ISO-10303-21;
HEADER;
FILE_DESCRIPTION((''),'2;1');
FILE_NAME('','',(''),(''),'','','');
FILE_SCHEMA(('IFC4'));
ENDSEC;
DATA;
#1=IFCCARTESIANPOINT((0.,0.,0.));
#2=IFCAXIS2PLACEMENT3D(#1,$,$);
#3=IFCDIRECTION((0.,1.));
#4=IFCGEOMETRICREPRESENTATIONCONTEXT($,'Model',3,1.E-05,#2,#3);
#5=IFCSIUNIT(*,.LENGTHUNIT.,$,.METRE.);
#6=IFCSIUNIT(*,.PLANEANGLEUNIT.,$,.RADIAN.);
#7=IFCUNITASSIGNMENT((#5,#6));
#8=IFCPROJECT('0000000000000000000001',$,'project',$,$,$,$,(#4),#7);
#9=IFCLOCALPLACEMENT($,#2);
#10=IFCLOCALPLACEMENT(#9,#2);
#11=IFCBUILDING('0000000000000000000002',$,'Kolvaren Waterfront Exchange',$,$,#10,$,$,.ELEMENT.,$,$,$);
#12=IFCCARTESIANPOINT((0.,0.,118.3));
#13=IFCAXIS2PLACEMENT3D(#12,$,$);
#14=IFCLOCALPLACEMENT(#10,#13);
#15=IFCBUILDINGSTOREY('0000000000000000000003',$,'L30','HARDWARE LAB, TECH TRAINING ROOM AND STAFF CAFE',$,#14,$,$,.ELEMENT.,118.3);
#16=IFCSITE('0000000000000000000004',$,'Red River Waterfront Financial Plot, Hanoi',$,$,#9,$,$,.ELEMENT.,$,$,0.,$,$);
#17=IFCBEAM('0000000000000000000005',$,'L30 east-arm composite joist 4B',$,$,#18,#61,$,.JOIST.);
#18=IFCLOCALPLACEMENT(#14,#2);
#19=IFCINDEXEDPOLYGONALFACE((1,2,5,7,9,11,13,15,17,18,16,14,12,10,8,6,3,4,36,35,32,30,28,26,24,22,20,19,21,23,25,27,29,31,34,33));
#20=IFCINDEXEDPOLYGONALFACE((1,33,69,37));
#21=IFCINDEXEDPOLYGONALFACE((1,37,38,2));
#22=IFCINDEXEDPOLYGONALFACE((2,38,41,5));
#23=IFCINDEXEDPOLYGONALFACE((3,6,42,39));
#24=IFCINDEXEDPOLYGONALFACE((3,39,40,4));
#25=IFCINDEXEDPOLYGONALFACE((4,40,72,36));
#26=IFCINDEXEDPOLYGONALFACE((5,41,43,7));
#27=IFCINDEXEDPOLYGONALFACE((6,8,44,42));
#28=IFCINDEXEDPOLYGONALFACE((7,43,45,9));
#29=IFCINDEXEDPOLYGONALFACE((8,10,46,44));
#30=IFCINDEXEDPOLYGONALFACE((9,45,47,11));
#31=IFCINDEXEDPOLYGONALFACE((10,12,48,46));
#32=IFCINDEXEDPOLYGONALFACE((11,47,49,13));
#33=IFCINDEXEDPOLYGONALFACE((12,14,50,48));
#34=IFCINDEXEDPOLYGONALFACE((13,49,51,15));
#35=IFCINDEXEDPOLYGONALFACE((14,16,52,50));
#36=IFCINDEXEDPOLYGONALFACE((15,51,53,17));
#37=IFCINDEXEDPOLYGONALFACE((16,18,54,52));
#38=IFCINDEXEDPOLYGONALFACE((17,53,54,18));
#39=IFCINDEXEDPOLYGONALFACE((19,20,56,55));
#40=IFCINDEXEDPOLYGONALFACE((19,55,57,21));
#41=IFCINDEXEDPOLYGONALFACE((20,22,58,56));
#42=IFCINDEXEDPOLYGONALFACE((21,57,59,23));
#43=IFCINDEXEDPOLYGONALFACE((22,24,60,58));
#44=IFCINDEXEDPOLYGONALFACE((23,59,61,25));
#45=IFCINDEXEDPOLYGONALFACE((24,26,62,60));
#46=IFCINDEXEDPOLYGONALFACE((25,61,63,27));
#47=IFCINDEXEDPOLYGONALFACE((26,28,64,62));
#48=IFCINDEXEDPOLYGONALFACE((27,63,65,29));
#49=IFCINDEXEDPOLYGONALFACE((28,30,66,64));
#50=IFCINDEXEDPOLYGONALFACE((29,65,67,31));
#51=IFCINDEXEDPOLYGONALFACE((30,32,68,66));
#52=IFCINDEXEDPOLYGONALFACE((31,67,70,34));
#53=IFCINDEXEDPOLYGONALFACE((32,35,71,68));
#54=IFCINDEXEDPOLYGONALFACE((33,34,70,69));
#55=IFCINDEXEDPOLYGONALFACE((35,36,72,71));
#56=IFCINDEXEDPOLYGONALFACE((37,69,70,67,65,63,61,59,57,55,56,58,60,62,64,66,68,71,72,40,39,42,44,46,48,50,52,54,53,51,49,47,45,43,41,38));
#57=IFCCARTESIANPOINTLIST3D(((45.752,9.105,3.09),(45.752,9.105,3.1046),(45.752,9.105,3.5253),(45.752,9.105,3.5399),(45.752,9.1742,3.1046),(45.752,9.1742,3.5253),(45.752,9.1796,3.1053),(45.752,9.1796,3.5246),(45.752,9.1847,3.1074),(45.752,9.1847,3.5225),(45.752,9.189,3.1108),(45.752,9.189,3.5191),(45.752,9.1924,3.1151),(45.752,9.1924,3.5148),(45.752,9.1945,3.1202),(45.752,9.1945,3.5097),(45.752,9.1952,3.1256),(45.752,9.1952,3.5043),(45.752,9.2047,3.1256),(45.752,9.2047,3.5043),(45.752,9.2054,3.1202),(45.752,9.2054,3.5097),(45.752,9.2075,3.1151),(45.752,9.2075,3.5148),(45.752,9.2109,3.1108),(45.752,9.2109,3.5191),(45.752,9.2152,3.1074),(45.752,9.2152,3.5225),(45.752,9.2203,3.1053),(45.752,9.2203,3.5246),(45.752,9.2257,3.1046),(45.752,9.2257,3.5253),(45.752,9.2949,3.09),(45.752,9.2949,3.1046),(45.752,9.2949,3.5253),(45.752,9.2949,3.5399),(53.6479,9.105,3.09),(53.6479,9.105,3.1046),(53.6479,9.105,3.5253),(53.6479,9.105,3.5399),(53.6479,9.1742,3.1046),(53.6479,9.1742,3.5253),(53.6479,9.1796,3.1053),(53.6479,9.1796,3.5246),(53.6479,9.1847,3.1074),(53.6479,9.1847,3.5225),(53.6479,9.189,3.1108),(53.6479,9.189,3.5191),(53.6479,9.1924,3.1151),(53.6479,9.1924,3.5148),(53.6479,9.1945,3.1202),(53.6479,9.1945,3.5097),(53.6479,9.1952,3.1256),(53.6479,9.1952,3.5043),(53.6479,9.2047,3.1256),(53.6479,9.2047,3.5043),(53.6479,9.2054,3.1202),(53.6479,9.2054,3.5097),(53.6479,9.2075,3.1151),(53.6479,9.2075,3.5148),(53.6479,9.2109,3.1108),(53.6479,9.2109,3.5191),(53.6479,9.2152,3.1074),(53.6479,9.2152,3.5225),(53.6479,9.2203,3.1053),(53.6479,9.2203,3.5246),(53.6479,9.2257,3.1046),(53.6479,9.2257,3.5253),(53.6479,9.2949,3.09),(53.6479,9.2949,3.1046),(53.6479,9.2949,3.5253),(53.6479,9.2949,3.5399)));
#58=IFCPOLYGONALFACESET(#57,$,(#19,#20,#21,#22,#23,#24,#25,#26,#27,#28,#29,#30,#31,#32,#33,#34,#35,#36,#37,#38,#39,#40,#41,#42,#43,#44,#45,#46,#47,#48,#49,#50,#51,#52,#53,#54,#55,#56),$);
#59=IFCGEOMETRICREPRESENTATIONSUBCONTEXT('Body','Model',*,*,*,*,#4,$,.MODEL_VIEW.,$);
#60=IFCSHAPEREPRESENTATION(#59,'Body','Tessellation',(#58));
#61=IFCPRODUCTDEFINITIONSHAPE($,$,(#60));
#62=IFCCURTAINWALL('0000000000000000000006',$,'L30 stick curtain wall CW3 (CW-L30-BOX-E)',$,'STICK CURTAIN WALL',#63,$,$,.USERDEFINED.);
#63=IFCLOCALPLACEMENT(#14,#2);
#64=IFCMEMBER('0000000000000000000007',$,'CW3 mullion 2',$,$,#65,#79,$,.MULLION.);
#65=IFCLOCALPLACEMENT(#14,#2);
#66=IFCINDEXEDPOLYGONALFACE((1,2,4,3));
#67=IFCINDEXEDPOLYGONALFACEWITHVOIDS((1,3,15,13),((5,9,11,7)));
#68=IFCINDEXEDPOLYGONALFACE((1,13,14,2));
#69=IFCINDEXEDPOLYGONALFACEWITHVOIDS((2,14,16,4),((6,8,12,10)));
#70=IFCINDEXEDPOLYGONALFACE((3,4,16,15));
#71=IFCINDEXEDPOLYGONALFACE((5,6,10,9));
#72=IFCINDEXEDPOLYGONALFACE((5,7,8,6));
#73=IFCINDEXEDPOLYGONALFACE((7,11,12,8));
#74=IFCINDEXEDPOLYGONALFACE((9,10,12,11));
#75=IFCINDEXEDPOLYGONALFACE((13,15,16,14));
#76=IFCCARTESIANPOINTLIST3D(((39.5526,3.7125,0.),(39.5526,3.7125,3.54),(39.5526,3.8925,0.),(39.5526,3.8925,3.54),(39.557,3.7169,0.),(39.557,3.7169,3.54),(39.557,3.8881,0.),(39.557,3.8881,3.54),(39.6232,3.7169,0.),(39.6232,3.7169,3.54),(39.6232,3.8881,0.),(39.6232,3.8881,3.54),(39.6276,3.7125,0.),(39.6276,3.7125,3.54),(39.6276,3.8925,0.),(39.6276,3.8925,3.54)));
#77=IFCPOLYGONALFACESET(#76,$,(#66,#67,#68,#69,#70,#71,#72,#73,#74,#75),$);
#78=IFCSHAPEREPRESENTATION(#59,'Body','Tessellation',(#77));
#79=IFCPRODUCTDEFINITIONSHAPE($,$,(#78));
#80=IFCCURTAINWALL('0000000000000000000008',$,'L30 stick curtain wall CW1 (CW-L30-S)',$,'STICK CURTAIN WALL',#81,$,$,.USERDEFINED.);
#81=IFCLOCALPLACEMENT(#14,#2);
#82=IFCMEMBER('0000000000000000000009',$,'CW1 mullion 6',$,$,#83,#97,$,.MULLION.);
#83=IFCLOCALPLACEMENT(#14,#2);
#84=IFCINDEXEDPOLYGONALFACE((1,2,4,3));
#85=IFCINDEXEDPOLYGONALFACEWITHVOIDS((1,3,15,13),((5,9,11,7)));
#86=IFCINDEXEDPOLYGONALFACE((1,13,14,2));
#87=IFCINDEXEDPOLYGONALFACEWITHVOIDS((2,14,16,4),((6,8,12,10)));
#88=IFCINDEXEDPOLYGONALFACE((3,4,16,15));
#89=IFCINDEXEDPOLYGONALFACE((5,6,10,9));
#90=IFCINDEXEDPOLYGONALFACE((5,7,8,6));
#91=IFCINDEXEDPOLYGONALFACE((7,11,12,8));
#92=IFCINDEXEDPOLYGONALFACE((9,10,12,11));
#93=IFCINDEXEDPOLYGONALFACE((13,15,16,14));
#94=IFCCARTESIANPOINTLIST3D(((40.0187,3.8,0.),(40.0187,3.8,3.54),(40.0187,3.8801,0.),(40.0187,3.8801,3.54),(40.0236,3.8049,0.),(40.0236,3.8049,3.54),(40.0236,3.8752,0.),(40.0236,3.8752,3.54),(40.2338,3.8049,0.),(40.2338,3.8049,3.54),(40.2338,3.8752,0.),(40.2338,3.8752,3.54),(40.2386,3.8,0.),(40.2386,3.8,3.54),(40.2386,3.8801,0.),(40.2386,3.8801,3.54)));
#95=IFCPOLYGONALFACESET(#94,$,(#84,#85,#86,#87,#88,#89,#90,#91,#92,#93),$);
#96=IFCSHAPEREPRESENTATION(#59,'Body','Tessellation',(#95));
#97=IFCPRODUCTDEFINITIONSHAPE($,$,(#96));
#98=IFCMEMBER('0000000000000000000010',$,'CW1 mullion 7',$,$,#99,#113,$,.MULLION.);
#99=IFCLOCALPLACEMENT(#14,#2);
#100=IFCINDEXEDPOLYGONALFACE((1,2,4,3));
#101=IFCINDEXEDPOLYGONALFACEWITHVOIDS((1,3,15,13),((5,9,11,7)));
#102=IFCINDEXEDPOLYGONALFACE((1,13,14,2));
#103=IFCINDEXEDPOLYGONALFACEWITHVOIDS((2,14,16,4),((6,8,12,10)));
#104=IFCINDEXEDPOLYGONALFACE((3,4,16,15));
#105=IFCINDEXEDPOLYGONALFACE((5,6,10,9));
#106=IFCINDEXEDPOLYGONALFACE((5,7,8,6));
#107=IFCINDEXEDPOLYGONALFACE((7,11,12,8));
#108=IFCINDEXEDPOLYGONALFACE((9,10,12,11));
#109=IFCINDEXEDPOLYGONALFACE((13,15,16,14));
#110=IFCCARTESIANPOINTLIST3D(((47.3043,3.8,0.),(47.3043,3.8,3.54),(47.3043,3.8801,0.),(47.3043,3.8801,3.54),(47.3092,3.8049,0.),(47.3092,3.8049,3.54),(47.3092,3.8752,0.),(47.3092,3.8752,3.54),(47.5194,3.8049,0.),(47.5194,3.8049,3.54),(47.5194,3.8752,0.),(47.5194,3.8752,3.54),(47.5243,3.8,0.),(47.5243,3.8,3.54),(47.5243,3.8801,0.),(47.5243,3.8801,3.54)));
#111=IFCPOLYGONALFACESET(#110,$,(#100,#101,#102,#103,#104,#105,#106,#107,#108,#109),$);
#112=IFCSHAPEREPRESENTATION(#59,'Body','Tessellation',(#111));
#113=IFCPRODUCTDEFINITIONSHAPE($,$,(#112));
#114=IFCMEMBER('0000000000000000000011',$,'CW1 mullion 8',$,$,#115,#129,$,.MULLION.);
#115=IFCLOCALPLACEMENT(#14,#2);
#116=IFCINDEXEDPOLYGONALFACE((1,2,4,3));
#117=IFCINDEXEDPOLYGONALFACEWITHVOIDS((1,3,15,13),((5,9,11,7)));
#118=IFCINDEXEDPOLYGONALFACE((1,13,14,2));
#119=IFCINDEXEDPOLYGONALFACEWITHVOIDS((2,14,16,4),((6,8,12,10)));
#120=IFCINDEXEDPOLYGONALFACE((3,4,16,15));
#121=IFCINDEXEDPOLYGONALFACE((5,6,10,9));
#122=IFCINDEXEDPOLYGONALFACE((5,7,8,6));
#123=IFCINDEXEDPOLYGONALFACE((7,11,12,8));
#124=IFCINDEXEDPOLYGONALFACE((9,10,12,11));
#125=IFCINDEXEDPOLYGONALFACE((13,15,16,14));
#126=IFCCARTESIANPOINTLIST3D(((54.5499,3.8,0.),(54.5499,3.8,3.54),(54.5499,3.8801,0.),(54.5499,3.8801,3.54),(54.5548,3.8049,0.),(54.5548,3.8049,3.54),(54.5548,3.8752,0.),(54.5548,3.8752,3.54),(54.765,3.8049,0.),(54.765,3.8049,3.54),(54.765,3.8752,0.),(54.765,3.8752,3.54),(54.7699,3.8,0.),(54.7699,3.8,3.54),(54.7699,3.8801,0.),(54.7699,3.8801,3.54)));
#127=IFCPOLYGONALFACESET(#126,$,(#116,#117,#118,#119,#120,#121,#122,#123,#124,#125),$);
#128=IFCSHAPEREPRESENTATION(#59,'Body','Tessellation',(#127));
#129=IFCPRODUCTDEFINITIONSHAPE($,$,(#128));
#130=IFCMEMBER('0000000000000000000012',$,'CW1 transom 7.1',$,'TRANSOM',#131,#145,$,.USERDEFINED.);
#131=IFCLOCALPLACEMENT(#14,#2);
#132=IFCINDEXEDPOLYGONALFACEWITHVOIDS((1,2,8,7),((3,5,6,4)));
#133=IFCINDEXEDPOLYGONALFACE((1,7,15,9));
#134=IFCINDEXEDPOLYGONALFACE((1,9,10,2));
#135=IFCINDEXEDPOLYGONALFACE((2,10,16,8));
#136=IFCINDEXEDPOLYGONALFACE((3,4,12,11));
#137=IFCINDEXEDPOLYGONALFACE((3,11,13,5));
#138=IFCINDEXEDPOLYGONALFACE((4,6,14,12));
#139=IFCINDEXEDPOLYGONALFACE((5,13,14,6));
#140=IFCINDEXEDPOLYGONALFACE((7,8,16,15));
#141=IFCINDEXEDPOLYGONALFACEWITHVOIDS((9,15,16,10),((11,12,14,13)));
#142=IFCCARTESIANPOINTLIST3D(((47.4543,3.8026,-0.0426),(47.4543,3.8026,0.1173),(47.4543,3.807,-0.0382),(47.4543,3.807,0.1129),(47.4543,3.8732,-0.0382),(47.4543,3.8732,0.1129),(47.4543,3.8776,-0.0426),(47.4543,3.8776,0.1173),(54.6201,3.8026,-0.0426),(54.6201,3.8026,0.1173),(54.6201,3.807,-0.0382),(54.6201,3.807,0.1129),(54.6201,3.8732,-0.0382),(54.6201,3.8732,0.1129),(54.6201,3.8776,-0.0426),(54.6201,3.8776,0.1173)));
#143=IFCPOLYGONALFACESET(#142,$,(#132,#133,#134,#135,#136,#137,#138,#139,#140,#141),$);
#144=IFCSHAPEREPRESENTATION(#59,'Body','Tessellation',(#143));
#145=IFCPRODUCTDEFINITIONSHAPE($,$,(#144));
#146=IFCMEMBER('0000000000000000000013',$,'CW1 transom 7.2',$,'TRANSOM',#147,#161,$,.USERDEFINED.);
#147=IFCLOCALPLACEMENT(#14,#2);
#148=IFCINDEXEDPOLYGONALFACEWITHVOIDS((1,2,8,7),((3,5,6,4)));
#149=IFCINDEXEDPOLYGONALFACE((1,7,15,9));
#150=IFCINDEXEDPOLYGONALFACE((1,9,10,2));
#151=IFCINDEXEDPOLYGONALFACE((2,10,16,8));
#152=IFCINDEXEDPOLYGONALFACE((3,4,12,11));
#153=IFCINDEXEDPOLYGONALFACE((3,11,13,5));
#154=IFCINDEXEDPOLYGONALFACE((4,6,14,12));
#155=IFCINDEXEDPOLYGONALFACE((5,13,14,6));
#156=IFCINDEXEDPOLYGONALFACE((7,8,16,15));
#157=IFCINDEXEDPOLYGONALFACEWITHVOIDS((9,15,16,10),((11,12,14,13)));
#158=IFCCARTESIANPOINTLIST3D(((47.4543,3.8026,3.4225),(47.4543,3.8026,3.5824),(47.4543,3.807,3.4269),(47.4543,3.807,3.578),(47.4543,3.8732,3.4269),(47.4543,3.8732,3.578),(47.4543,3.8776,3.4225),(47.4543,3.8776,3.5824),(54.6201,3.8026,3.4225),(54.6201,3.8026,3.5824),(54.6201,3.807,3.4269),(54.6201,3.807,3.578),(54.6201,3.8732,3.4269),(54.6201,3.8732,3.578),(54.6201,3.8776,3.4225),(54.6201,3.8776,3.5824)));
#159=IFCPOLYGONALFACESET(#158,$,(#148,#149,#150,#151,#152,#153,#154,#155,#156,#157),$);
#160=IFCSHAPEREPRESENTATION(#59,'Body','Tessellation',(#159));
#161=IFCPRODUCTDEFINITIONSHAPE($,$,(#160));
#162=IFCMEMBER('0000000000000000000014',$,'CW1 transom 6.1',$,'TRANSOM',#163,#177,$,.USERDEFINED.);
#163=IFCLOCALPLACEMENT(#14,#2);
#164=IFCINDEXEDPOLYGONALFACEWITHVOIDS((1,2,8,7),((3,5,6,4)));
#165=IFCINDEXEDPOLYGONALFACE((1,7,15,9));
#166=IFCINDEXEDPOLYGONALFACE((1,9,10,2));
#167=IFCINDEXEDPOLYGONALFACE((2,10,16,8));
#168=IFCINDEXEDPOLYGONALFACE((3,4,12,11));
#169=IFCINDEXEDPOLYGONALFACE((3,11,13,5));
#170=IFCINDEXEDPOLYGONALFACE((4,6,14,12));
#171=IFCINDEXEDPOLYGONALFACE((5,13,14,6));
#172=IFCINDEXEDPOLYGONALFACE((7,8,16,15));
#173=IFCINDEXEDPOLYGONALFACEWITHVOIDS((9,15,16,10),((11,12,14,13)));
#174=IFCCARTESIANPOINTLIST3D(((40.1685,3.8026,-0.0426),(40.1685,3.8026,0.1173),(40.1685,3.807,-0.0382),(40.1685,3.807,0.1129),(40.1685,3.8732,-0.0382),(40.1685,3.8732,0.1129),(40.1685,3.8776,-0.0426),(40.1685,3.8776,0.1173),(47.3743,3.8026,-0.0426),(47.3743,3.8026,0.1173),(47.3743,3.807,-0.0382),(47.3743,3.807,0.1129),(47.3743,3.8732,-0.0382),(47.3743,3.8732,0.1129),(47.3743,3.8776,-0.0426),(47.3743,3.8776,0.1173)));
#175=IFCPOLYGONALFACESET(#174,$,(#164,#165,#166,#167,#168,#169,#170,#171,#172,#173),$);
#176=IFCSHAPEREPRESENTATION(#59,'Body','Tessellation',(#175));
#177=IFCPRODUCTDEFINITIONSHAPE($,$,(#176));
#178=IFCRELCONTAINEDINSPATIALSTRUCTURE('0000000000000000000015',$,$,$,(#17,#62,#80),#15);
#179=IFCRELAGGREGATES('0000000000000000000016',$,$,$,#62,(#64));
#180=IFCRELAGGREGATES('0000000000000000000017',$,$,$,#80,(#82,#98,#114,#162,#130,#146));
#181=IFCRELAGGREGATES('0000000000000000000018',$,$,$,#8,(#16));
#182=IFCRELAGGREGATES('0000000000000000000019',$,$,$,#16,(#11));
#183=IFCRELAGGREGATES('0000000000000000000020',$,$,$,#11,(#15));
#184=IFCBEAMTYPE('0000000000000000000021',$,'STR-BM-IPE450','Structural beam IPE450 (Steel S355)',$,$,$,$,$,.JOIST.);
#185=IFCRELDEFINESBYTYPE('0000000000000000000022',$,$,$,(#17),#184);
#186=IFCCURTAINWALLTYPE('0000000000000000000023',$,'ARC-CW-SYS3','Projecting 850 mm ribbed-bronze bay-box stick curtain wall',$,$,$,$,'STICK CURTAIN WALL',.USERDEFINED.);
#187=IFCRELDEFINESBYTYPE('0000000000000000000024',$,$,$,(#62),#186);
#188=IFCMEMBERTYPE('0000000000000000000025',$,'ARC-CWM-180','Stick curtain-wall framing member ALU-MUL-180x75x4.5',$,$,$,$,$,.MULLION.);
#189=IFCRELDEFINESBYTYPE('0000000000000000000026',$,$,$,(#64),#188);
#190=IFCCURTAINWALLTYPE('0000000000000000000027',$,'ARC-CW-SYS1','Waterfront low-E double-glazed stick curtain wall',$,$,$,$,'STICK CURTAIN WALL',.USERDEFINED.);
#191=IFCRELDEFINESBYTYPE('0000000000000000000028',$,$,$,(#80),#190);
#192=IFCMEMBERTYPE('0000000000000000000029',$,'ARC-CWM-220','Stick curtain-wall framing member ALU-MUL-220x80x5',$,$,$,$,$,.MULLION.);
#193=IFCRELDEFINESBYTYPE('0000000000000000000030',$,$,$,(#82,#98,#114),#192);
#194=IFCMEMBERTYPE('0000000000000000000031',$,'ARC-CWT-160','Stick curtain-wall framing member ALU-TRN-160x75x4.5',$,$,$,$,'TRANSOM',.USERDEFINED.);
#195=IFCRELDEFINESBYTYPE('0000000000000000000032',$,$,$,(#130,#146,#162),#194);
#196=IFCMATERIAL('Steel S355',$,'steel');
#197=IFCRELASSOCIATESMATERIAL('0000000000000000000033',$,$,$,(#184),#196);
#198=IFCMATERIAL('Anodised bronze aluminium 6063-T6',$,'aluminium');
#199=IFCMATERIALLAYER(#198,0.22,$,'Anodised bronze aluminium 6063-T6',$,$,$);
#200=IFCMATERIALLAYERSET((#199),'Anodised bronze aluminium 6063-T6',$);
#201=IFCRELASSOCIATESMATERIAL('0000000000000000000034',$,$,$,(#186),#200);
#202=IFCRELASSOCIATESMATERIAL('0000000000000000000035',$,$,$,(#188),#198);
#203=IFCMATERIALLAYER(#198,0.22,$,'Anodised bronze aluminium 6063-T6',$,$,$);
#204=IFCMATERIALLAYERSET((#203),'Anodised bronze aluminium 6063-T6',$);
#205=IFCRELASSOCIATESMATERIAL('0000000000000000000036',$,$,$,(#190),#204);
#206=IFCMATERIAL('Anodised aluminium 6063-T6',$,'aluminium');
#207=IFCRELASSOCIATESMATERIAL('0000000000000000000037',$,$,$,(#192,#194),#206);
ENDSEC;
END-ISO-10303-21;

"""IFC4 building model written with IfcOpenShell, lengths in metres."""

from ifc_helpers import new_model, si_unit, direction, frame, origin, origin_with_axes, origin_2d, place, context, subcontext, project, spatial, hollow_rectangle, i_section, extrude, source, transform, mapped, material, layer, layer_set, material_profile, profile_set, type_object, element, aggregate, save


model = new_model("IFC4")

# Units and contexts
model_context = context("Model", 3, precision=1e-05, world=origin(), true_north=direction((0.0, 1.0)))
body_context = subcontext(model_context, "Body", "Model", "MODEL_VIEW")
ifc_project = project(units=[si_unit("LENGTHUNIT", "METRE"), si_unit("PLANEANGLEUNIT", "RADIAN")], contexts=[model_context])

# Site, building, storey
site_placement = place(None, origin())
site = spatial("IfcSite", under=ifc_project, at=site_placement, Name="Red River Waterfront Financial Plot, Hanoi", CompositionType="ELEMENT", RefElevation=0.0)
building_placement = place(site_placement, origin())
building = spatial("IfcBuilding", under=site, at=building_placement, Name="Kolvaren Waterfront Exchange", CompositionType="ELEMENT")
storey_placement = place(building_placement, frame((0.0, 0.0, 118.3)))
storey = spatial("IfcBuildingStorey", under=building, at=storey_placement, Name="L30", Description="HARDWARE LAB, TECH TRAINING ROOM AND STAFF CAFE", CompositionType="ELEMENT", Elevation=118.3)

# Beam
ifc_material_1 = material(Name="Steel S355", Category="steel")
ifc_material_profile_1 = material_profile(ifc_material_1, i_section(OverallWidth=0.1899, OverallDepth=0.45, WebThickness=0.0095, FlangeThickness=0.0146, FilletRadius=0.021, at=origin_2d()), Name="IPE450")
ifc_profile_set_1 = profile_set([ifc_material_profile_1], Name="Steel S355")
beam_type_1 = type_object("IfcBeamType", Name="STR-BM-IPE450", Description="Structural beam IPE450 (Steel S355)", PredefinedType="JOIST", material=ifc_profile_set_1)
beam_1_placement = place(storey_placement, frame((45.752, 9.2, 3.3149), z_axis=(1.0, 0.0, 0.0), x_axis=(0.0, 1.0, 0.0)))
element("IfcBeam", 1, at=beam_1_placement, inside=storey, type_object=beam_type_1, Name="L30 east-arm composite joist 4B", PredefinedType="JOIST", context=body_context, shape_type="SweptSolid", body=[
    extrude(i_section(OverallWidth=0.1899, OverallDepth=0.45, WebThickness=0.0095, FlangeThickness=0.0146, FilletRadius=0.021, at=origin_2d()), origin(), (0.0, 0.0, 1.0), 7.896),
])

# Curtain wall, member
ifc_material_2 = material(Name="Anodised bronze aluminium 6063-T6", Category="aluminium")
ifc_layer_1 = layer(ifc_material_2, 0.22, Name="Anodised bronze aluminium 6063-T6")
ifc_layer_set_1 = layer_set([ifc_layer_1], Name="Anodised bronze aluminium 6063-T6")
curtain_wall_type_1 = type_object("IfcCurtainWallType", Name="ARC-CW-SYS3", Description="Projecting 850 mm ribbed-bronze bay-box stick curtain wall", ElementType="STICK CURTAIN WALL", PredefinedType="USERDEFINED", material=ifc_layer_set_1)
curtain_wall_1_placement = place(storey_placement, origin())
curtain_wall_1 = element("IfcCurtainWall", 2, at=curtain_wall_1_placement, inside=storey, type_object=curtain_wall_type_1, Name="L30 stick curtain wall CW3 (CW-L30-BOX-E)", ObjectType="STICK CURTAIN WALL", PredefinedType="USERDEFINED")
ifc_material_profile_2 = material_profile(ifc_material_2, hollow_rectangle(XDim=0.075, YDim=0.1799, WallThickness=0.0044, at=origin_2d()), Name="ALU-MUL-180x75x4.5")
ifc_profile_set_2 = profile_set([ifc_material_profile_2], Name="Anodised bronze aluminium 6063-T6")
member_type_1 = type_object("IfcMemberType", Name="ARC-CWM-180", Description="Stick curtain-wall framing member ALU-MUL-180x75x4.5", PredefinedType="MULLION", material=ifc_profile_set_2)
shared_shape_1 = source(origin_with_axes(), body_context, "Body", "SweptSolid", [
    extrude(hollow_rectangle(XDim=0.075, YDim=0.1799, WallThickness=0.0044, at=origin_2d()), origin(), (0.0, 0.0, 1.0), 3.54),
])
member_1_placement = place(storey_placement, frame((39.5901, 3.8025, 0.0), z_axis=(0.0, 0.0, 1.0), x_axis=(-1.0, 0.0, 0.0)))
member_1 = element("IfcMember", 3, at=member_1_placement, type_object=member_type_1, Name="CW3 mullion 2", PredefinedType="MULLION", context=body_context, shape_type="MappedRepresentation", body=[
    mapped(shared_shape_1, transform((0.0, 0.0, 0.0), x_axis=(1.0, 0.0, 0.0), y_axis=(0.0, 1.0, 0.0), z_axis=(0.0, 0.0, 1.0), scale=1.0)),
])

# Curtain wall, members
ifc_layer_2 = layer(ifc_material_2, 0.22, Name="Anodised bronze aluminium 6063-T6")
ifc_layer_set_2 = layer_set([ifc_layer_2], Name="Anodised bronze aluminium 6063-T6")
curtain_wall_type_2 = type_object("IfcCurtainWallType", Name="ARC-CW-SYS1", Description="Waterfront low-E double-glazed stick curtain wall", ElementType="STICK CURTAIN WALL", PredefinedType="USERDEFINED", material=ifc_layer_set_2)
curtain_wall_2_placement = place(storey_placement, origin())
curtain_wall_2 = element("IfcCurtainWall", 4, at=curtain_wall_2_placement, inside=storey, type_object=curtain_wall_type_2, Name="L30 stick curtain wall CW1 (CW-L30-S)", ObjectType="STICK CURTAIN WALL", PredefinedType="USERDEFINED")
ifc_material_3 = material(Name="Anodised aluminium 6063-T6", Category="aluminium")
ifc_material_profile_3 = material_profile(ifc_material_3, hollow_rectangle(XDim=0.0801, YDim=0.22, WallThickness=0.0049, at=origin_2d()), Name="ALU-MUL-220x80x5")
ifc_profile_set_3 = profile_set([ifc_material_profile_3], Name="Anodised aluminium 6063-T6")
member_type_2 = type_object("IfcMemberType", Name="ARC-CWM-220", Description="Stick curtain-wall framing member ALU-MUL-220x80x5", PredefinedType="MULLION", material=ifc_profile_set_3)
shared_shape_2 = source(origin_with_axes(), body_context, "Body", "SweptSolid", [
    extrude(hollow_rectangle(XDim=0.0801, YDim=0.22, WallThickness=0.0049, at=origin_2d()), origin(), (0.0, 0.0, 1.0), 3.54),
])
member_2_placement = place(storey_placement, frame((40.1287, 3.8401, 0.0), z_axis=(0.0, 0.0, 1.0), x_axis=(0.0, 1.0, 0.0)))
member_2 = element("IfcMember", 5, at=member_2_placement, type_object=member_type_2, Name="CW1 mullion 6", PredefinedType="MULLION", context=body_context, shape_type="MappedRepresentation", body=[
    mapped(shared_shape_2, transform((0.0, 0.0, 0.0), x_axis=(1.0, 0.0, 0.0), y_axis=(0.0, 1.0, 0.0), z_axis=(0.0, 0.0, 1.0), scale=1.0)),
])
member_3_placement = place(storey_placement, frame((47.4143, 3.8401, 0.0), z_axis=(0.0, 0.0, 1.0), x_axis=(0.0, 1.0, 0.0)))
member_3 = element("IfcMember", 6, at=member_3_placement, type_object=member_type_2, Name="CW1 mullion 7", PredefinedType="MULLION", context=body_context, shape_type="MappedRepresentation", body=[
    mapped(shared_shape_2, transform((0.0, 0.0, 0.0), x_axis=(1.0, 0.0, 0.0), y_axis=(0.0, 1.0, 0.0), z_axis=(0.0, 0.0, 1.0), scale=1.0)),
])
member_4_placement = place(storey_placement, frame((54.6599, 3.8401, 0.0), z_axis=(0.0, 0.0, 1.0), x_axis=(0.0, 1.0, 0.0)))
member_4 = element("IfcMember", 7, at=member_4_placement, type_object=member_type_2, Name="CW1 mullion 8", PredefinedType="MULLION", context=body_context, shape_type="MappedRepresentation", body=[
    mapped(shared_shape_2, transform((0.0, 0.0, 0.0), x_axis=(1.0, 0.0, 0.0), y_axis=(0.0, 1.0, 0.0), z_axis=(0.0, 0.0, 1.0), scale=1.0)),
])
ifc_material_profile_4 = material_profile(ifc_material_3, hollow_rectangle(XDim=0.075, YDim=0.1599, WallThickness=0.0044, at=origin_2d()), Name="ALU-TRN-160x75x4.5")
ifc_profile_set_4 = profile_set([ifc_material_profile_4], Name="Anodised aluminium 6063-T6")
member_type_3 = type_object("IfcMemberType", Name="ARC-CWT-160", Description="Stick curtain-wall framing member ALU-TRN-160x75x4.5", ElementType="TRANSOM", PredefinedType="USERDEFINED", material=ifc_profile_set_4)
shared_shape_3 = source(origin_with_axes(), body_context, "Body", "SweptSolid", [
    extrude(hollow_rectangle(XDim=0.075, YDim=0.1599, WallThickness=0.0044, at=origin_2d()), origin(), (0.0, 0.0, 1.0), 7.1658),
])
member_5_placement = place(storey_placement, frame((47.4543, 3.8401, 0.0374), z_axis=(1.0, 0.0, 0.0), x_axis=(0.0, 1.0, 0.0)))
member_5 = element("IfcMember", 8, at=member_5_placement, type_object=member_type_3, Name="CW1 transom 7.1", ObjectType="TRANSOM", PredefinedType="USERDEFINED", context=body_context, shape_type="MappedRepresentation", body=[
    mapped(shared_shape_3, transform((0.0, 0.0, 0.0), x_axis=(1.0, 0.0, 0.0), y_axis=(0.0, 1.0, 0.0), z_axis=(0.0, 0.0, 1.0), scale=1.0)),
])
member_6_placement = place(storey_placement, frame((47.4543, 3.8401, 3.5024), z_axis=(1.0, 0.0, 0.0), x_axis=(0.0, 1.0, 0.0)))
member_6 = element("IfcMember", 9, at=member_6_placement, type_object=member_type_3, Name="CW1 transom 7.2", ObjectType="TRANSOM", PredefinedType="USERDEFINED", context=body_context, shape_type="MappedRepresentation", body=[
    mapped(shared_shape_3, transform((0.0, 0.0, 0.0), x_axis=(1.0, 0.0, 0.0), y_axis=(0.0, 1.0, 0.0), z_axis=(0.0, 0.0, 1.0), scale=1.0)),
])
shared_shape_4 = source(origin_with_axes(), body_context, "Body", "SweptSolid", [
    extrude(hollow_rectangle(XDim=0.075, YDim=0.1599, WallThickness=0.0044, at=origin_2d()), origin(), (0.0, 0.0, 1.0), 7.2058),
])
member_7_placement = place(storey_placement, frame((40.1685, 3.8401, 0.0374), z_axis=(1.0, 0.0, 0.0), x_axis=(0.0, 1.0, 0.0)))
member_7 = element("IfcMember", 10, at=member_7_placement, type_object=member_type_3, Name="CW1 transom 6.1", ObjectType="TRANSOM", PredefinedType="USERDEFINED", context=body_context, shape_type="MappedRepresentation", body=[
    mapped(shared_shape_4, transform((0.0, 0.0, 0.0), x_axis=(1.0, 0.0, 0.0), y_axis=(0.0, 1.0, 0.0), z_axis=(0.0, 0.0, 1.0), scale=1.0)),
])

aggregate(curtain_wall_1, [member_1])
aggregate(curtain_wall_2, [member_2, member_3, member_4, member_7, member_5, member_6])

save(model, "model.ifc")
